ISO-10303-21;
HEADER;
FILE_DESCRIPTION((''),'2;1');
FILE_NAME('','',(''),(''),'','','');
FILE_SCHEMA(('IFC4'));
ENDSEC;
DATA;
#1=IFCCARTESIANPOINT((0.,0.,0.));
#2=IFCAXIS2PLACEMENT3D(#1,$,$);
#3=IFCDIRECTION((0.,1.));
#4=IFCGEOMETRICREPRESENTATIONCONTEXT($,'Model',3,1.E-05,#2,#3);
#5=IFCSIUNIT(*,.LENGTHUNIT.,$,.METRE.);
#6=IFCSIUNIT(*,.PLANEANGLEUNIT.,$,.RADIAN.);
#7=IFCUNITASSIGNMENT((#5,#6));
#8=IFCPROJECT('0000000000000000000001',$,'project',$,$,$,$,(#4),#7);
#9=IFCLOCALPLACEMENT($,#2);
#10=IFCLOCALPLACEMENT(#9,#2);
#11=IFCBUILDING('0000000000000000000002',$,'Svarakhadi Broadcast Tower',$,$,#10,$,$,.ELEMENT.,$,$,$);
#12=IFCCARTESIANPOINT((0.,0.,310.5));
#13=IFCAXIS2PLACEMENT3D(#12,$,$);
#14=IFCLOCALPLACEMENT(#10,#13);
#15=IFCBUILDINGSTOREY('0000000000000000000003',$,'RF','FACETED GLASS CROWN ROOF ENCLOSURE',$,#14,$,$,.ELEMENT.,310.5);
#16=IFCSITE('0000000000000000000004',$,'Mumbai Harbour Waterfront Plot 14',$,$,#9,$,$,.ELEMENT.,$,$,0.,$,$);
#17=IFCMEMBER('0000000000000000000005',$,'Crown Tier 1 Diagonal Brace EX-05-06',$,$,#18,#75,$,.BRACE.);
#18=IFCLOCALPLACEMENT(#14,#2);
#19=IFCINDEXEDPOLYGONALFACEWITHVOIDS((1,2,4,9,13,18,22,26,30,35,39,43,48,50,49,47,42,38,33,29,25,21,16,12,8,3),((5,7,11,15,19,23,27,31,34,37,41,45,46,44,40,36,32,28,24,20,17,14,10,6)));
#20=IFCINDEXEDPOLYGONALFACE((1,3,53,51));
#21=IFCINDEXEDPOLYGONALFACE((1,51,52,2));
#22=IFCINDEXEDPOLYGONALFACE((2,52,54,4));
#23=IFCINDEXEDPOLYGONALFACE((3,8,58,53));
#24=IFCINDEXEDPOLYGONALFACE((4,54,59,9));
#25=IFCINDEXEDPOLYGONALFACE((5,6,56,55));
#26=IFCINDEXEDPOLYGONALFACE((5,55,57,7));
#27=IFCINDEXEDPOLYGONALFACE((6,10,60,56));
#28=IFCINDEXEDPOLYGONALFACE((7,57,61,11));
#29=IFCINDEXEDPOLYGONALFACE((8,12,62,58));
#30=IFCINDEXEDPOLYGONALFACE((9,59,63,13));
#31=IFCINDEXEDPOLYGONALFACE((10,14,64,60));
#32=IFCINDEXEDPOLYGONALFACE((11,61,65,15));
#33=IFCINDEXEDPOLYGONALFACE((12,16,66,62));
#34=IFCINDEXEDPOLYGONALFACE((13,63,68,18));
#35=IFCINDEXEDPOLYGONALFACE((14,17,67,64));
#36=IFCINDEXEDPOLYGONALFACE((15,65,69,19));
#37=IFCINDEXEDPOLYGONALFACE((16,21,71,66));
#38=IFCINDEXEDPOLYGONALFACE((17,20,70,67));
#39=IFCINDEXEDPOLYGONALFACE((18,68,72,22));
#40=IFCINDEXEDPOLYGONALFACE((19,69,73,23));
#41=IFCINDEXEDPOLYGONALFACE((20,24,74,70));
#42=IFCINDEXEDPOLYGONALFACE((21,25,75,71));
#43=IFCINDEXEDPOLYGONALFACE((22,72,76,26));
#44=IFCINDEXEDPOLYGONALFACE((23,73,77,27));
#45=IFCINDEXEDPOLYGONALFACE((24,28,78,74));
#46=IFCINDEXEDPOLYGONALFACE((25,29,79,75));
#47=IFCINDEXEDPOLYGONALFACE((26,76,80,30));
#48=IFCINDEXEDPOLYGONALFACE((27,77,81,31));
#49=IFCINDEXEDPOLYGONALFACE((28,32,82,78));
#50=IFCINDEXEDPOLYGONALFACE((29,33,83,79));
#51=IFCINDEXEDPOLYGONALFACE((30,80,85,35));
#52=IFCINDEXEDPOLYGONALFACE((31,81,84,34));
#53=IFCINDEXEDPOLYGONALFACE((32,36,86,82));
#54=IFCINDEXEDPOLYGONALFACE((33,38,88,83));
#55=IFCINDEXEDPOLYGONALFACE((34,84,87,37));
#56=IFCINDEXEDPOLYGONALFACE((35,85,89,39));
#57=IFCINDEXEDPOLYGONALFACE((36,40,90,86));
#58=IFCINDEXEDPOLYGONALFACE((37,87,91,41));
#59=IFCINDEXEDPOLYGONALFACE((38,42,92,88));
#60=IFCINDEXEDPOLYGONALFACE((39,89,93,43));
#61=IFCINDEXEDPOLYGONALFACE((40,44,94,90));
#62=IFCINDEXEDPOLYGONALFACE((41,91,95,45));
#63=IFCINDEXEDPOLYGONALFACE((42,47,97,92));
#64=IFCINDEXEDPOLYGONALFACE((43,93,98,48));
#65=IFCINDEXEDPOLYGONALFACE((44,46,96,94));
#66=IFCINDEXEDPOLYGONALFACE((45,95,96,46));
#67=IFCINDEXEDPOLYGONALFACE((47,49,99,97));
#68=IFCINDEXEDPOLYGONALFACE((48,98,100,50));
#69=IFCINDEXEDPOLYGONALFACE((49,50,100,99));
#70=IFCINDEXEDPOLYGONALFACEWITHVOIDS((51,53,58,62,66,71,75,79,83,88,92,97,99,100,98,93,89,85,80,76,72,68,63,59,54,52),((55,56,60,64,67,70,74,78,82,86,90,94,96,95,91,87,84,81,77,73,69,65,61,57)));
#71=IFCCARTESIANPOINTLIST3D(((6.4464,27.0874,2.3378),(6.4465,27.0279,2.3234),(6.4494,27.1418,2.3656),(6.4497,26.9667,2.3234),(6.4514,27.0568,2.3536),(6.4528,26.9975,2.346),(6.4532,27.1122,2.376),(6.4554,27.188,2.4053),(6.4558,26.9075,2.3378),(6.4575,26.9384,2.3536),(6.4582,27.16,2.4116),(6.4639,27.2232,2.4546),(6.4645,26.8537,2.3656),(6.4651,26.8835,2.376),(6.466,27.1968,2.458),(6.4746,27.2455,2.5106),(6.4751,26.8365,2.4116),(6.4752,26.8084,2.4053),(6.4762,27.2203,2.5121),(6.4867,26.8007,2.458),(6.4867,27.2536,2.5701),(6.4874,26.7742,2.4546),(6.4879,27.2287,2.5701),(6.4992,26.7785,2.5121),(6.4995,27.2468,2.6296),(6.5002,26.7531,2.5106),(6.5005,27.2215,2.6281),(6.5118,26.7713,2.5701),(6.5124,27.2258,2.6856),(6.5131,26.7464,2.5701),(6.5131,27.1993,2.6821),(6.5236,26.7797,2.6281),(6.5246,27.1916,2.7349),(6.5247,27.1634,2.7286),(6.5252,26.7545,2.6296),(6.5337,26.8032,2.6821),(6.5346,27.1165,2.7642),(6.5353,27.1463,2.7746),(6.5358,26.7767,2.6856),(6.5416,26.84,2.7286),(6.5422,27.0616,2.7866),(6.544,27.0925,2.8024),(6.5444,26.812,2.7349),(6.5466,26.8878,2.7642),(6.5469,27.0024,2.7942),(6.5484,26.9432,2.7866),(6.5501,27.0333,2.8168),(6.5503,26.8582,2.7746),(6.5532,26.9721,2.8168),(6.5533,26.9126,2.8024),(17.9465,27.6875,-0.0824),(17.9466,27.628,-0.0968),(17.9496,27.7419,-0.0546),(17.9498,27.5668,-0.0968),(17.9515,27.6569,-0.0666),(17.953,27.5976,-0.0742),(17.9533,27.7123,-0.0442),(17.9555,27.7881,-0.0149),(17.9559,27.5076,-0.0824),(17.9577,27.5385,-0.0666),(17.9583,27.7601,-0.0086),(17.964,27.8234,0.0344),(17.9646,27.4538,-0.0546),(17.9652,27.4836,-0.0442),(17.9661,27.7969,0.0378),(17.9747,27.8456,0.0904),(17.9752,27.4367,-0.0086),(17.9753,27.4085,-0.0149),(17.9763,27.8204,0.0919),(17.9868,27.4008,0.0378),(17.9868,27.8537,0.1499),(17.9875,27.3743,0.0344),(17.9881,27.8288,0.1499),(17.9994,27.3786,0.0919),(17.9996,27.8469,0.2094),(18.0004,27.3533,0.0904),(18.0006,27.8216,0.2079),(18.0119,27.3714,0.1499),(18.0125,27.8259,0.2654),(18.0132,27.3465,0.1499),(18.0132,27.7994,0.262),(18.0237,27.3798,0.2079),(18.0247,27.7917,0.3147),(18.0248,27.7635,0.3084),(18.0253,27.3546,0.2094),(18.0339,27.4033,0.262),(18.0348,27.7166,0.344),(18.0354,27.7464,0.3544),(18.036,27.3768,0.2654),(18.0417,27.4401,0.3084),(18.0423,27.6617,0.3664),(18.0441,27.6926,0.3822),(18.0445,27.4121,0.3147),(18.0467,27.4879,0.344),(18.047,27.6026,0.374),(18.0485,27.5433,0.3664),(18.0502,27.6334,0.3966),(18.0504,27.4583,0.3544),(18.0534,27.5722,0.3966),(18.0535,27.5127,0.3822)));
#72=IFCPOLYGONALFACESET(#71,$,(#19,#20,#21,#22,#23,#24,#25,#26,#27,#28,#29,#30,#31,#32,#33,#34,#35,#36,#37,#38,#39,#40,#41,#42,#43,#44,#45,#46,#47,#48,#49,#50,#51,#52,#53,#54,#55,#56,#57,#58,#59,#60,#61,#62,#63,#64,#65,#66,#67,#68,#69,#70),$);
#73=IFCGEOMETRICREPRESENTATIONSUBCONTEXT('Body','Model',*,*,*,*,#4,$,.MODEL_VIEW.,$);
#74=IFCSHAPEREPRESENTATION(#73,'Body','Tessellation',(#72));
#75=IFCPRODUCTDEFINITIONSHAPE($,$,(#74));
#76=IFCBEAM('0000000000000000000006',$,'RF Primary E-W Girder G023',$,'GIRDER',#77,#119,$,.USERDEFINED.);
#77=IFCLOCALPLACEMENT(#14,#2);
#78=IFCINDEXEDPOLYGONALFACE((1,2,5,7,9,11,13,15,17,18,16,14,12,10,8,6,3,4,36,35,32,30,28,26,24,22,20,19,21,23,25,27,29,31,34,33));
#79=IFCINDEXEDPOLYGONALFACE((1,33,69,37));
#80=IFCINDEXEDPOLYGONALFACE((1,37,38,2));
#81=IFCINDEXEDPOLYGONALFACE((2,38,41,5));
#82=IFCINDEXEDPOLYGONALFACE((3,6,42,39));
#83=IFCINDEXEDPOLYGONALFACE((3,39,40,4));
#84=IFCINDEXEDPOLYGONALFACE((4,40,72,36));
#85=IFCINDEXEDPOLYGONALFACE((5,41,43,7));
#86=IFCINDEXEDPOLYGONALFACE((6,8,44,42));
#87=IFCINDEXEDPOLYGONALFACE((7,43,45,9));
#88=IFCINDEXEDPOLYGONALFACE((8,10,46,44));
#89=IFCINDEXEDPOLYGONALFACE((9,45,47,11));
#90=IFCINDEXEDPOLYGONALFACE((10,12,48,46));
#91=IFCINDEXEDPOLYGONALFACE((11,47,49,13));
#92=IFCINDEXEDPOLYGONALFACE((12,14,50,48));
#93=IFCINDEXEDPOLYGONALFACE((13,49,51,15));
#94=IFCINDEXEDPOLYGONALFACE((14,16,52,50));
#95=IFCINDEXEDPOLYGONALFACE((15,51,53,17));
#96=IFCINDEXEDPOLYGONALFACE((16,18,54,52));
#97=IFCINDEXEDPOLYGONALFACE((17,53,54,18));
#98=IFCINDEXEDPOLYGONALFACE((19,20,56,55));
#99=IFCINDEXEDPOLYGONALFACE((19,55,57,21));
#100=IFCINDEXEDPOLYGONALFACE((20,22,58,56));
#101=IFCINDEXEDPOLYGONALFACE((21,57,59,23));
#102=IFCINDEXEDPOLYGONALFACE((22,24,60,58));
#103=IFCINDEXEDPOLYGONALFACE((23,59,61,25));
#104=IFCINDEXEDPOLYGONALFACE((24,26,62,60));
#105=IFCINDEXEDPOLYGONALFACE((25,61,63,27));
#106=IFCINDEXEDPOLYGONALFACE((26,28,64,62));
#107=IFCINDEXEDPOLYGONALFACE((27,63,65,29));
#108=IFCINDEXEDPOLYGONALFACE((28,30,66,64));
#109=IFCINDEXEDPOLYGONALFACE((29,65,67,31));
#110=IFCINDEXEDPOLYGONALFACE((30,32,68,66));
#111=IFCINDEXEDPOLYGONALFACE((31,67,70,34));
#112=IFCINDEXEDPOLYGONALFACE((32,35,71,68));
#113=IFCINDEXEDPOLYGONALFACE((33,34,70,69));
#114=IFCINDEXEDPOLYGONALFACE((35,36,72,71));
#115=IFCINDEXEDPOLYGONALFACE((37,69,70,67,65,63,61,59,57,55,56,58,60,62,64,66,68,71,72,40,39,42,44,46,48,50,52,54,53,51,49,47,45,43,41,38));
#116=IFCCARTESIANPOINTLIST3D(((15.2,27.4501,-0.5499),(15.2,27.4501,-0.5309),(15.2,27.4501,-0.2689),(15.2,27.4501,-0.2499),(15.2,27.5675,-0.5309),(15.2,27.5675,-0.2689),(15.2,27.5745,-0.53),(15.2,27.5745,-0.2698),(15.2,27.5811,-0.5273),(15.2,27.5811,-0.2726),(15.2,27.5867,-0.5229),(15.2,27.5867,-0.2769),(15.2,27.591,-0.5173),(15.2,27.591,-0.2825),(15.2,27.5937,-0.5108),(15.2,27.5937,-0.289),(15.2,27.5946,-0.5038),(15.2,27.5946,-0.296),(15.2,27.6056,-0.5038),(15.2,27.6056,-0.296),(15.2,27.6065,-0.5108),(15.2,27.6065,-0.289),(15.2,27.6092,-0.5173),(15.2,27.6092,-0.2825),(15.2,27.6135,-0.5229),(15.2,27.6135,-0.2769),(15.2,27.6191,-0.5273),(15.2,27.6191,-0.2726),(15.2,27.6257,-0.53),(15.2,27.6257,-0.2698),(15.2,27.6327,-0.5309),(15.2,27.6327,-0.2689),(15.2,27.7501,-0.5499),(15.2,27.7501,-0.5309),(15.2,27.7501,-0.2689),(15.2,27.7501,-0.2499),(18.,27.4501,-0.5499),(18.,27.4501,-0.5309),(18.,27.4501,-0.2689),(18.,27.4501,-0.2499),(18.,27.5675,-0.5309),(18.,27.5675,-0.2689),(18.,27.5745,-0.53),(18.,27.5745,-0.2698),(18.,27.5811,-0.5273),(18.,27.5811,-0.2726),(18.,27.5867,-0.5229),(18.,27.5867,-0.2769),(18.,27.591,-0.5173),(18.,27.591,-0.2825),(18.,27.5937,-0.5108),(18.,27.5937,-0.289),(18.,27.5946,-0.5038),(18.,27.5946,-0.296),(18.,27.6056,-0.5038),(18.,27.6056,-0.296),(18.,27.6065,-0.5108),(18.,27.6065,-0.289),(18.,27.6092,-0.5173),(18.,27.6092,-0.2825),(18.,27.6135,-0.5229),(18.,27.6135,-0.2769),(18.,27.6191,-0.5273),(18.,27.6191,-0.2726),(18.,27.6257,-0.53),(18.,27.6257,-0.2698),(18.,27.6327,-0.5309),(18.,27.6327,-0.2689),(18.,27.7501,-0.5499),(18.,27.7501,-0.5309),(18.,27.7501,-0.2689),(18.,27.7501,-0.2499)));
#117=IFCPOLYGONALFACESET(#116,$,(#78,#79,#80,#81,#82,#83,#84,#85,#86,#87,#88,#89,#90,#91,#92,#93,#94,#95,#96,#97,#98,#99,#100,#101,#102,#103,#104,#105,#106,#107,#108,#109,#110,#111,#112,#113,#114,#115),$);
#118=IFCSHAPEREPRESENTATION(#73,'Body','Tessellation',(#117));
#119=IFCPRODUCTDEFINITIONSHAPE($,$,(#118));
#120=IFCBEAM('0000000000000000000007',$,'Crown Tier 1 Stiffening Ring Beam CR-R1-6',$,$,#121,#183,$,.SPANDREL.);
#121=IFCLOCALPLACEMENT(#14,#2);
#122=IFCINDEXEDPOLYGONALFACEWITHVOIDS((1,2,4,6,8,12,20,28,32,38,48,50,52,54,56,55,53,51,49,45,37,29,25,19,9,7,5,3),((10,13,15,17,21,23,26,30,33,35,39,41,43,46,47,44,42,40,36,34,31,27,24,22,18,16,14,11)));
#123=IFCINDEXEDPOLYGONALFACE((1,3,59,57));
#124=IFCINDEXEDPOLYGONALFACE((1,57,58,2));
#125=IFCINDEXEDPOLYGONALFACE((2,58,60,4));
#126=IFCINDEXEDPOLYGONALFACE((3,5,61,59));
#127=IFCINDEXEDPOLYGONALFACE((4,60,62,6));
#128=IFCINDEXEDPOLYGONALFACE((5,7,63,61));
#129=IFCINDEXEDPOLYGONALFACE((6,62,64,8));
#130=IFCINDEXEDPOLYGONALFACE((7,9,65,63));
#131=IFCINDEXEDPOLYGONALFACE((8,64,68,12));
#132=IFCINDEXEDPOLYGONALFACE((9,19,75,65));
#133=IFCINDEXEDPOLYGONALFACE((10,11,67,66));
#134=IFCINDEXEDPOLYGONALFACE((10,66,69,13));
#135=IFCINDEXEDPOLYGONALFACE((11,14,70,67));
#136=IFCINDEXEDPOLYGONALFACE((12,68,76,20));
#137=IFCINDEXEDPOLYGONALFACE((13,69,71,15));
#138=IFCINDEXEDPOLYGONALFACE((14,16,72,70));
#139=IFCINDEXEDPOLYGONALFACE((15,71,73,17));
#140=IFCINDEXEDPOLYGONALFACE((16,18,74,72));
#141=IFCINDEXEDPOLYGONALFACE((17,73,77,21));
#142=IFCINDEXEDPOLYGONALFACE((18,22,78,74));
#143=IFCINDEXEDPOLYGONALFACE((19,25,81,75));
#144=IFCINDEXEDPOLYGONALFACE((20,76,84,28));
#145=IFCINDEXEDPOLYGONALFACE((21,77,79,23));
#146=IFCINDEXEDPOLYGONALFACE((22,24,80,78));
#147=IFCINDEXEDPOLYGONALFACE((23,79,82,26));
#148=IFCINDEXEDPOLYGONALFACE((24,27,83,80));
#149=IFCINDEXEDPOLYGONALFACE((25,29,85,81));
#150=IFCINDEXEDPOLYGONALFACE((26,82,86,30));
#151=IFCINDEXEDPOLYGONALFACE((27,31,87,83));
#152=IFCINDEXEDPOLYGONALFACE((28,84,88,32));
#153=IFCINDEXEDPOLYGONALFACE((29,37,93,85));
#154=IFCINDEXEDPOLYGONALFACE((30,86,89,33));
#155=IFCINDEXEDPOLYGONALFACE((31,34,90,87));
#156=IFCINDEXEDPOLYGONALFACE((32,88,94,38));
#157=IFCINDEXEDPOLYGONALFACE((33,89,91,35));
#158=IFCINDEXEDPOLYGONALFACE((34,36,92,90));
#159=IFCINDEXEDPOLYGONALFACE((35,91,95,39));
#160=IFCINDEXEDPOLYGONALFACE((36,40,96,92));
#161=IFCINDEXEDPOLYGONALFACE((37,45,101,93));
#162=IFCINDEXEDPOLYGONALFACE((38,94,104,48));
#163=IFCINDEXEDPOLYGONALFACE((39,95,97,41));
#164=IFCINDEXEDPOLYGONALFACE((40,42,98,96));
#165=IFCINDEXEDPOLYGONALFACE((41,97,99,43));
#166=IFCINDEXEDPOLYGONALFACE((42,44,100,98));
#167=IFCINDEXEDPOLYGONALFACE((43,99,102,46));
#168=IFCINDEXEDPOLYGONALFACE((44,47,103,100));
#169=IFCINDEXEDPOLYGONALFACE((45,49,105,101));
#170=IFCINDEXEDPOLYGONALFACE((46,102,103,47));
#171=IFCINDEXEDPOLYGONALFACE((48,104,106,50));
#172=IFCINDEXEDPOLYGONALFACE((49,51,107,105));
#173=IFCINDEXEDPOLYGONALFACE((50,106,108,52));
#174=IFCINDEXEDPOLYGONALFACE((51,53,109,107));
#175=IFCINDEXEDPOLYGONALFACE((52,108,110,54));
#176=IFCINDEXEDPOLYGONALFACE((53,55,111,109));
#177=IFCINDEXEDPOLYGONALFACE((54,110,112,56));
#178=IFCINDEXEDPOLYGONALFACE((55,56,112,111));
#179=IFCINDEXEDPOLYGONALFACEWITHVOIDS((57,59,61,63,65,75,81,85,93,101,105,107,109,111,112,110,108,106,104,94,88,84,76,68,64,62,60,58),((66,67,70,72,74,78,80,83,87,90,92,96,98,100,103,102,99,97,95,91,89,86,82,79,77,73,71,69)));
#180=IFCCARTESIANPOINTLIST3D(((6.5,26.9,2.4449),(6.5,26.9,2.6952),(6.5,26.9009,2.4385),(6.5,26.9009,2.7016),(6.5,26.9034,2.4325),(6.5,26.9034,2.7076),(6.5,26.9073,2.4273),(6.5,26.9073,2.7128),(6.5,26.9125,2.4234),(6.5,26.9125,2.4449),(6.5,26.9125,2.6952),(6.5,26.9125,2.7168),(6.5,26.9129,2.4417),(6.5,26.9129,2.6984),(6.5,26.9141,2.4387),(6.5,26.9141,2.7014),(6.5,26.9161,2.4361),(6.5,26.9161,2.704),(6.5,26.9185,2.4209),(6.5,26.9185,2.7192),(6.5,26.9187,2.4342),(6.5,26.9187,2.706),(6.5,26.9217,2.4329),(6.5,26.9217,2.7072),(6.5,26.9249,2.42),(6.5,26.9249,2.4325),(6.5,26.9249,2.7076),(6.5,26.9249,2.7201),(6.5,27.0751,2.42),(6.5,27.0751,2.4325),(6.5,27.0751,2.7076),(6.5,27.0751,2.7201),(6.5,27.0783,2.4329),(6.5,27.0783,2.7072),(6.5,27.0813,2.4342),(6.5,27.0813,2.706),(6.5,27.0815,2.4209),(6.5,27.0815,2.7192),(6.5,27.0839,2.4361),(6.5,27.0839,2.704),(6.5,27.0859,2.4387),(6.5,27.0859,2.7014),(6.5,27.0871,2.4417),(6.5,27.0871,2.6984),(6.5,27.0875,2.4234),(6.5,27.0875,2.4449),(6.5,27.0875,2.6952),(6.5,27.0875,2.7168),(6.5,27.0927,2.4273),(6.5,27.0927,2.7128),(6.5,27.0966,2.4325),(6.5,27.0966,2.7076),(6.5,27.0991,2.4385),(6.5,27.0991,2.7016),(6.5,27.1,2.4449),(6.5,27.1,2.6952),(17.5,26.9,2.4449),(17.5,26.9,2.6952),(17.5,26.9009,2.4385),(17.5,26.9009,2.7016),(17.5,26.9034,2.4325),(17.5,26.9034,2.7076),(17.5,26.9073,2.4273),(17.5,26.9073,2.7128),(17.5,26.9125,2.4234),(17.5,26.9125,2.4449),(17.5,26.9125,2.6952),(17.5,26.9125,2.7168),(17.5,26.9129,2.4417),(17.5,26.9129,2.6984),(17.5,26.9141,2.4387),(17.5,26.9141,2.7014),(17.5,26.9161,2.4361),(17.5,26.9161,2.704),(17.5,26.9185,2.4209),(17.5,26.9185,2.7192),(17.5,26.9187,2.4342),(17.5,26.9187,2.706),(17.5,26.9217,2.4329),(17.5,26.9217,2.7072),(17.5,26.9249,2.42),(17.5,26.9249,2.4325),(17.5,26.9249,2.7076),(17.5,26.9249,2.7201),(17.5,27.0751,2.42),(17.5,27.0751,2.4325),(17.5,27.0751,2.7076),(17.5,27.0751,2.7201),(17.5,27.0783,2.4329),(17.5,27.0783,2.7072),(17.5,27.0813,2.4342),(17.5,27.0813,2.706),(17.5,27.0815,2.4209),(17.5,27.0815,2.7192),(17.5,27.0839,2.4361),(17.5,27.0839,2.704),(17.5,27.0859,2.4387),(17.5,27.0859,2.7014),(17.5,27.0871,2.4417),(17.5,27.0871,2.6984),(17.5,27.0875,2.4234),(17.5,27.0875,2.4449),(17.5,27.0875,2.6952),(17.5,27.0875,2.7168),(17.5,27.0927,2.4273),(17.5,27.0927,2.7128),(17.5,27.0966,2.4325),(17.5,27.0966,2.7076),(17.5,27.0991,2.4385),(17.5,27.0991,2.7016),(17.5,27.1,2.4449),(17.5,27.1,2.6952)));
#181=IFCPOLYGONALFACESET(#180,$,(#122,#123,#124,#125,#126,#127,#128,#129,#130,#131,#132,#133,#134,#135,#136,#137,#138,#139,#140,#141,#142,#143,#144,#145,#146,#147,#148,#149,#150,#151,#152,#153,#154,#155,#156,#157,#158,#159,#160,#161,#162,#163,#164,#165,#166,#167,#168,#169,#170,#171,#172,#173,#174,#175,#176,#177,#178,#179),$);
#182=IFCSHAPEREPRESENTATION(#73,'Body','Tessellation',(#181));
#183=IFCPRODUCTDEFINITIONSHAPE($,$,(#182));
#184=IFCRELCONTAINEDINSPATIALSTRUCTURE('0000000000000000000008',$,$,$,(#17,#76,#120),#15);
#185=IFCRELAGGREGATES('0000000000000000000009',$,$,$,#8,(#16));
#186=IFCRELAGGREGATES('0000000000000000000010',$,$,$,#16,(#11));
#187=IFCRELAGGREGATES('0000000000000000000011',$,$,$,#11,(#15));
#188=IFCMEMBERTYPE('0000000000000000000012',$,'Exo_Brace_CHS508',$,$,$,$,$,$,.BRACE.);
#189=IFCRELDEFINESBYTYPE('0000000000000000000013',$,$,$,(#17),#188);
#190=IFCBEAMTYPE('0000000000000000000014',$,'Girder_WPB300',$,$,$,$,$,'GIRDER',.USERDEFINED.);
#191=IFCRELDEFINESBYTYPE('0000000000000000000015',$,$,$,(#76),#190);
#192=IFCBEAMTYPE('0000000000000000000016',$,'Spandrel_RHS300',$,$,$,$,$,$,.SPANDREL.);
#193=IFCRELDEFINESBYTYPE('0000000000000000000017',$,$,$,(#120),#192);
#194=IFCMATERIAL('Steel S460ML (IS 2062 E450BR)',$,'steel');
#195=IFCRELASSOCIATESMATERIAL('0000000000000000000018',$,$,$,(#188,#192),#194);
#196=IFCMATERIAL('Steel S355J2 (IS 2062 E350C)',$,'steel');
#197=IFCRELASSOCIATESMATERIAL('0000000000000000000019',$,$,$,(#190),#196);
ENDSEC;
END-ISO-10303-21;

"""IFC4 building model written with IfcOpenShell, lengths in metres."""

from ifc_helpers import new_model, si_unit, direction, frame, origin, origin_2d, place, context, subcontext, project, spatial, hollow_rectangle, hollow_circle, i_section, extrude, material, material_profile, profile_set, type_object, element, save


model = new_model("IFC4")

# Units and contexts
model_context = context("Model", 3, precision=1e-05, world=origin(), true_north=direction((0.0, 1.0)))
body_context = subcontext(model_context, "Body", "Model", "MODEL_VIEW")
ifc_project = project(units=[si_unit("LENGTHUNIT", "METRE"), si_unit("PLANEANGLEUNIT", "RADIAN")], contexts=[model_context])

# Site, building, storey
site_placement = place(None, origin())
site = spatial("IfcSite", under=ifc_project, at=site_placement, Name="Mumbai Harbour Waterfront Plot 14", CompositionType="ELEMENT", RefElevation=0.0)
building_placement = place(site_placement, origin())
building = spatial("IfcBuilding", under=site, at=building_placement, Name="Svarakhadi Broadcast Tower", CompositionType="ELEMENT")
storey_placement = place(building_placement, frame((0.0, 0.0, 310.5)))
storey = spatial("IfcBuildingStorey", under=building, at=storey_placement, Name="RF", Description="FACETED GLASS CROWN ROOF ENCLOSURE", CompositionType="ELEMENT", Elevation=310.5)

# Shared definitions
ifc_material_1 = material(Name="Steel S460ML (IS 2062 E450BR)", Category="steel")

# Member
ifc_material_profile_1 = material_profile(ifc_material_1, hollow_circle(Radius=0.2539, WallThickness=0.0249, at=origin_2d()), Name="CHS 508x25")
ifc_profile_set_1 = profile_set([ifc_material_profile_1], Name="Steel S460ML (IS 2062 E450BR)")
member_type_1 = type_object("IfcMemberType", Name="Exo_Brace_CHS508", PredefinedType="BRACE", material=ifc_profile_set_1)
member_1_placement = place(storey_placement, frame((18.0, 27.6001, 0.1499), z_axis=(-0.977292, -0.050997, 0.20567), x_axis=(0.052112, -0.998641, 0.0)))
element("IfcMember", 1, at=member_1_placement, inside=storey, type_object=member_type_1, Name="Crown Tier 1 Diagonal Brace EX-05-06", PredefinedType="BRACE", context=body_context, shape_type="SweptSolid", body=[
    extrude(hollow_circle(Radius=0.2539, WallThickness=0.0249, at=origin_2d()), origin(), (0.0, 0.0, 1.0), 11.7673),
])

# Beams
ifc_material_2 = material(Name="Steel S355J2 (IS 2062 E350C)", Category="steel")
ifc_material_profile_2 = material_profile(ifc_material_2, i_section(OverallWidth=0.3, OverallDepth=0.3, WebThickness=0.011, FlangeThickness=0.019, FilletRadius=0.0271, at=origin_2d()), Name="WPB 300x300x117")
ifc_profile_set_2 = profile_set([ifc_material_profile_2], Name="Steel S355J2 (IS 2062 E350C)")
beam_type_1 = type_object("IfcBeamType", Name="Girder_WPB300", ElementType="GIRDER", PredefinedType="USERDEFINED", material=ifc_profile_set_2)
beam_1_placement = place(storey_placement, frame((15.2, 27.6001, -0.3999), z_axis=(1.0, 0.0, 0.0), x_axis=(0.0, 1.0, 0.0)))
element("IfcBeam", 2, at=beam_1_placement, inside=storey, type_object=beam_type_1, Name="RF Primary E-W Girder G023", ObjectType="GIRDER", PredefinedType="USERDEFINED", context=body_context, shape_type="SweptSolid", body=[
    extrude(i_section(OverallWidth=0.3, OverallDepth=0.3, WebThickness=0.011, FlangeThickness=0.019, FilletRadius=0.0271, at=origin_2d()), origin(), (0.0, 0.0, 1.0), 2.8),
])
ifc_material_profile_3 = material_profile(ifc_material_1, hollow_rectangle(XDim=0.2, YDim=0.3, WallThickness=0.0125, InnerFilletRadius=0.0125, OuterFilletRadius=0.0249, at=origin_2d()), Name="RHS 300x200x12.5")
ifc_profile_set_3 = profile_set([ifc_material_profile_3], Name="Steel S460ML (IS 2062 E450BR)")
beam_type_2 = type_object("IfcBeamType", Name="Spandrel_RHS300", PredefinedType="SPANDREL", material=ifc_profile_set_3)
beam_2_placement = place(storey_placement, frame((17.5, 27.0, 2.5701), z_axis=(-1.0, 0.0, 0.0), x_axis=(0.0, -1.0, 0.0)))
element("IfcBeam", 3, at=beam_2_placement, inside=storey, type_object=beam_type_2, Name="Crown Tier 1 Stiffening Ring Beam CR-R1-6", PredefinedType="SPANDREL", context=body_context, shape_type="SweptSolid", body=[
    extrude(hollow_rectangle(XDim=0.2, YDim=0.3, WallThickness=0.0125, InnerFilletRadius=0.0125, OuterFilletRadius=0.0249, at=origin_2d()), origin(), (0.0, 0.0, 1.0), 11.0),
])

save(model, "model.ifc")
